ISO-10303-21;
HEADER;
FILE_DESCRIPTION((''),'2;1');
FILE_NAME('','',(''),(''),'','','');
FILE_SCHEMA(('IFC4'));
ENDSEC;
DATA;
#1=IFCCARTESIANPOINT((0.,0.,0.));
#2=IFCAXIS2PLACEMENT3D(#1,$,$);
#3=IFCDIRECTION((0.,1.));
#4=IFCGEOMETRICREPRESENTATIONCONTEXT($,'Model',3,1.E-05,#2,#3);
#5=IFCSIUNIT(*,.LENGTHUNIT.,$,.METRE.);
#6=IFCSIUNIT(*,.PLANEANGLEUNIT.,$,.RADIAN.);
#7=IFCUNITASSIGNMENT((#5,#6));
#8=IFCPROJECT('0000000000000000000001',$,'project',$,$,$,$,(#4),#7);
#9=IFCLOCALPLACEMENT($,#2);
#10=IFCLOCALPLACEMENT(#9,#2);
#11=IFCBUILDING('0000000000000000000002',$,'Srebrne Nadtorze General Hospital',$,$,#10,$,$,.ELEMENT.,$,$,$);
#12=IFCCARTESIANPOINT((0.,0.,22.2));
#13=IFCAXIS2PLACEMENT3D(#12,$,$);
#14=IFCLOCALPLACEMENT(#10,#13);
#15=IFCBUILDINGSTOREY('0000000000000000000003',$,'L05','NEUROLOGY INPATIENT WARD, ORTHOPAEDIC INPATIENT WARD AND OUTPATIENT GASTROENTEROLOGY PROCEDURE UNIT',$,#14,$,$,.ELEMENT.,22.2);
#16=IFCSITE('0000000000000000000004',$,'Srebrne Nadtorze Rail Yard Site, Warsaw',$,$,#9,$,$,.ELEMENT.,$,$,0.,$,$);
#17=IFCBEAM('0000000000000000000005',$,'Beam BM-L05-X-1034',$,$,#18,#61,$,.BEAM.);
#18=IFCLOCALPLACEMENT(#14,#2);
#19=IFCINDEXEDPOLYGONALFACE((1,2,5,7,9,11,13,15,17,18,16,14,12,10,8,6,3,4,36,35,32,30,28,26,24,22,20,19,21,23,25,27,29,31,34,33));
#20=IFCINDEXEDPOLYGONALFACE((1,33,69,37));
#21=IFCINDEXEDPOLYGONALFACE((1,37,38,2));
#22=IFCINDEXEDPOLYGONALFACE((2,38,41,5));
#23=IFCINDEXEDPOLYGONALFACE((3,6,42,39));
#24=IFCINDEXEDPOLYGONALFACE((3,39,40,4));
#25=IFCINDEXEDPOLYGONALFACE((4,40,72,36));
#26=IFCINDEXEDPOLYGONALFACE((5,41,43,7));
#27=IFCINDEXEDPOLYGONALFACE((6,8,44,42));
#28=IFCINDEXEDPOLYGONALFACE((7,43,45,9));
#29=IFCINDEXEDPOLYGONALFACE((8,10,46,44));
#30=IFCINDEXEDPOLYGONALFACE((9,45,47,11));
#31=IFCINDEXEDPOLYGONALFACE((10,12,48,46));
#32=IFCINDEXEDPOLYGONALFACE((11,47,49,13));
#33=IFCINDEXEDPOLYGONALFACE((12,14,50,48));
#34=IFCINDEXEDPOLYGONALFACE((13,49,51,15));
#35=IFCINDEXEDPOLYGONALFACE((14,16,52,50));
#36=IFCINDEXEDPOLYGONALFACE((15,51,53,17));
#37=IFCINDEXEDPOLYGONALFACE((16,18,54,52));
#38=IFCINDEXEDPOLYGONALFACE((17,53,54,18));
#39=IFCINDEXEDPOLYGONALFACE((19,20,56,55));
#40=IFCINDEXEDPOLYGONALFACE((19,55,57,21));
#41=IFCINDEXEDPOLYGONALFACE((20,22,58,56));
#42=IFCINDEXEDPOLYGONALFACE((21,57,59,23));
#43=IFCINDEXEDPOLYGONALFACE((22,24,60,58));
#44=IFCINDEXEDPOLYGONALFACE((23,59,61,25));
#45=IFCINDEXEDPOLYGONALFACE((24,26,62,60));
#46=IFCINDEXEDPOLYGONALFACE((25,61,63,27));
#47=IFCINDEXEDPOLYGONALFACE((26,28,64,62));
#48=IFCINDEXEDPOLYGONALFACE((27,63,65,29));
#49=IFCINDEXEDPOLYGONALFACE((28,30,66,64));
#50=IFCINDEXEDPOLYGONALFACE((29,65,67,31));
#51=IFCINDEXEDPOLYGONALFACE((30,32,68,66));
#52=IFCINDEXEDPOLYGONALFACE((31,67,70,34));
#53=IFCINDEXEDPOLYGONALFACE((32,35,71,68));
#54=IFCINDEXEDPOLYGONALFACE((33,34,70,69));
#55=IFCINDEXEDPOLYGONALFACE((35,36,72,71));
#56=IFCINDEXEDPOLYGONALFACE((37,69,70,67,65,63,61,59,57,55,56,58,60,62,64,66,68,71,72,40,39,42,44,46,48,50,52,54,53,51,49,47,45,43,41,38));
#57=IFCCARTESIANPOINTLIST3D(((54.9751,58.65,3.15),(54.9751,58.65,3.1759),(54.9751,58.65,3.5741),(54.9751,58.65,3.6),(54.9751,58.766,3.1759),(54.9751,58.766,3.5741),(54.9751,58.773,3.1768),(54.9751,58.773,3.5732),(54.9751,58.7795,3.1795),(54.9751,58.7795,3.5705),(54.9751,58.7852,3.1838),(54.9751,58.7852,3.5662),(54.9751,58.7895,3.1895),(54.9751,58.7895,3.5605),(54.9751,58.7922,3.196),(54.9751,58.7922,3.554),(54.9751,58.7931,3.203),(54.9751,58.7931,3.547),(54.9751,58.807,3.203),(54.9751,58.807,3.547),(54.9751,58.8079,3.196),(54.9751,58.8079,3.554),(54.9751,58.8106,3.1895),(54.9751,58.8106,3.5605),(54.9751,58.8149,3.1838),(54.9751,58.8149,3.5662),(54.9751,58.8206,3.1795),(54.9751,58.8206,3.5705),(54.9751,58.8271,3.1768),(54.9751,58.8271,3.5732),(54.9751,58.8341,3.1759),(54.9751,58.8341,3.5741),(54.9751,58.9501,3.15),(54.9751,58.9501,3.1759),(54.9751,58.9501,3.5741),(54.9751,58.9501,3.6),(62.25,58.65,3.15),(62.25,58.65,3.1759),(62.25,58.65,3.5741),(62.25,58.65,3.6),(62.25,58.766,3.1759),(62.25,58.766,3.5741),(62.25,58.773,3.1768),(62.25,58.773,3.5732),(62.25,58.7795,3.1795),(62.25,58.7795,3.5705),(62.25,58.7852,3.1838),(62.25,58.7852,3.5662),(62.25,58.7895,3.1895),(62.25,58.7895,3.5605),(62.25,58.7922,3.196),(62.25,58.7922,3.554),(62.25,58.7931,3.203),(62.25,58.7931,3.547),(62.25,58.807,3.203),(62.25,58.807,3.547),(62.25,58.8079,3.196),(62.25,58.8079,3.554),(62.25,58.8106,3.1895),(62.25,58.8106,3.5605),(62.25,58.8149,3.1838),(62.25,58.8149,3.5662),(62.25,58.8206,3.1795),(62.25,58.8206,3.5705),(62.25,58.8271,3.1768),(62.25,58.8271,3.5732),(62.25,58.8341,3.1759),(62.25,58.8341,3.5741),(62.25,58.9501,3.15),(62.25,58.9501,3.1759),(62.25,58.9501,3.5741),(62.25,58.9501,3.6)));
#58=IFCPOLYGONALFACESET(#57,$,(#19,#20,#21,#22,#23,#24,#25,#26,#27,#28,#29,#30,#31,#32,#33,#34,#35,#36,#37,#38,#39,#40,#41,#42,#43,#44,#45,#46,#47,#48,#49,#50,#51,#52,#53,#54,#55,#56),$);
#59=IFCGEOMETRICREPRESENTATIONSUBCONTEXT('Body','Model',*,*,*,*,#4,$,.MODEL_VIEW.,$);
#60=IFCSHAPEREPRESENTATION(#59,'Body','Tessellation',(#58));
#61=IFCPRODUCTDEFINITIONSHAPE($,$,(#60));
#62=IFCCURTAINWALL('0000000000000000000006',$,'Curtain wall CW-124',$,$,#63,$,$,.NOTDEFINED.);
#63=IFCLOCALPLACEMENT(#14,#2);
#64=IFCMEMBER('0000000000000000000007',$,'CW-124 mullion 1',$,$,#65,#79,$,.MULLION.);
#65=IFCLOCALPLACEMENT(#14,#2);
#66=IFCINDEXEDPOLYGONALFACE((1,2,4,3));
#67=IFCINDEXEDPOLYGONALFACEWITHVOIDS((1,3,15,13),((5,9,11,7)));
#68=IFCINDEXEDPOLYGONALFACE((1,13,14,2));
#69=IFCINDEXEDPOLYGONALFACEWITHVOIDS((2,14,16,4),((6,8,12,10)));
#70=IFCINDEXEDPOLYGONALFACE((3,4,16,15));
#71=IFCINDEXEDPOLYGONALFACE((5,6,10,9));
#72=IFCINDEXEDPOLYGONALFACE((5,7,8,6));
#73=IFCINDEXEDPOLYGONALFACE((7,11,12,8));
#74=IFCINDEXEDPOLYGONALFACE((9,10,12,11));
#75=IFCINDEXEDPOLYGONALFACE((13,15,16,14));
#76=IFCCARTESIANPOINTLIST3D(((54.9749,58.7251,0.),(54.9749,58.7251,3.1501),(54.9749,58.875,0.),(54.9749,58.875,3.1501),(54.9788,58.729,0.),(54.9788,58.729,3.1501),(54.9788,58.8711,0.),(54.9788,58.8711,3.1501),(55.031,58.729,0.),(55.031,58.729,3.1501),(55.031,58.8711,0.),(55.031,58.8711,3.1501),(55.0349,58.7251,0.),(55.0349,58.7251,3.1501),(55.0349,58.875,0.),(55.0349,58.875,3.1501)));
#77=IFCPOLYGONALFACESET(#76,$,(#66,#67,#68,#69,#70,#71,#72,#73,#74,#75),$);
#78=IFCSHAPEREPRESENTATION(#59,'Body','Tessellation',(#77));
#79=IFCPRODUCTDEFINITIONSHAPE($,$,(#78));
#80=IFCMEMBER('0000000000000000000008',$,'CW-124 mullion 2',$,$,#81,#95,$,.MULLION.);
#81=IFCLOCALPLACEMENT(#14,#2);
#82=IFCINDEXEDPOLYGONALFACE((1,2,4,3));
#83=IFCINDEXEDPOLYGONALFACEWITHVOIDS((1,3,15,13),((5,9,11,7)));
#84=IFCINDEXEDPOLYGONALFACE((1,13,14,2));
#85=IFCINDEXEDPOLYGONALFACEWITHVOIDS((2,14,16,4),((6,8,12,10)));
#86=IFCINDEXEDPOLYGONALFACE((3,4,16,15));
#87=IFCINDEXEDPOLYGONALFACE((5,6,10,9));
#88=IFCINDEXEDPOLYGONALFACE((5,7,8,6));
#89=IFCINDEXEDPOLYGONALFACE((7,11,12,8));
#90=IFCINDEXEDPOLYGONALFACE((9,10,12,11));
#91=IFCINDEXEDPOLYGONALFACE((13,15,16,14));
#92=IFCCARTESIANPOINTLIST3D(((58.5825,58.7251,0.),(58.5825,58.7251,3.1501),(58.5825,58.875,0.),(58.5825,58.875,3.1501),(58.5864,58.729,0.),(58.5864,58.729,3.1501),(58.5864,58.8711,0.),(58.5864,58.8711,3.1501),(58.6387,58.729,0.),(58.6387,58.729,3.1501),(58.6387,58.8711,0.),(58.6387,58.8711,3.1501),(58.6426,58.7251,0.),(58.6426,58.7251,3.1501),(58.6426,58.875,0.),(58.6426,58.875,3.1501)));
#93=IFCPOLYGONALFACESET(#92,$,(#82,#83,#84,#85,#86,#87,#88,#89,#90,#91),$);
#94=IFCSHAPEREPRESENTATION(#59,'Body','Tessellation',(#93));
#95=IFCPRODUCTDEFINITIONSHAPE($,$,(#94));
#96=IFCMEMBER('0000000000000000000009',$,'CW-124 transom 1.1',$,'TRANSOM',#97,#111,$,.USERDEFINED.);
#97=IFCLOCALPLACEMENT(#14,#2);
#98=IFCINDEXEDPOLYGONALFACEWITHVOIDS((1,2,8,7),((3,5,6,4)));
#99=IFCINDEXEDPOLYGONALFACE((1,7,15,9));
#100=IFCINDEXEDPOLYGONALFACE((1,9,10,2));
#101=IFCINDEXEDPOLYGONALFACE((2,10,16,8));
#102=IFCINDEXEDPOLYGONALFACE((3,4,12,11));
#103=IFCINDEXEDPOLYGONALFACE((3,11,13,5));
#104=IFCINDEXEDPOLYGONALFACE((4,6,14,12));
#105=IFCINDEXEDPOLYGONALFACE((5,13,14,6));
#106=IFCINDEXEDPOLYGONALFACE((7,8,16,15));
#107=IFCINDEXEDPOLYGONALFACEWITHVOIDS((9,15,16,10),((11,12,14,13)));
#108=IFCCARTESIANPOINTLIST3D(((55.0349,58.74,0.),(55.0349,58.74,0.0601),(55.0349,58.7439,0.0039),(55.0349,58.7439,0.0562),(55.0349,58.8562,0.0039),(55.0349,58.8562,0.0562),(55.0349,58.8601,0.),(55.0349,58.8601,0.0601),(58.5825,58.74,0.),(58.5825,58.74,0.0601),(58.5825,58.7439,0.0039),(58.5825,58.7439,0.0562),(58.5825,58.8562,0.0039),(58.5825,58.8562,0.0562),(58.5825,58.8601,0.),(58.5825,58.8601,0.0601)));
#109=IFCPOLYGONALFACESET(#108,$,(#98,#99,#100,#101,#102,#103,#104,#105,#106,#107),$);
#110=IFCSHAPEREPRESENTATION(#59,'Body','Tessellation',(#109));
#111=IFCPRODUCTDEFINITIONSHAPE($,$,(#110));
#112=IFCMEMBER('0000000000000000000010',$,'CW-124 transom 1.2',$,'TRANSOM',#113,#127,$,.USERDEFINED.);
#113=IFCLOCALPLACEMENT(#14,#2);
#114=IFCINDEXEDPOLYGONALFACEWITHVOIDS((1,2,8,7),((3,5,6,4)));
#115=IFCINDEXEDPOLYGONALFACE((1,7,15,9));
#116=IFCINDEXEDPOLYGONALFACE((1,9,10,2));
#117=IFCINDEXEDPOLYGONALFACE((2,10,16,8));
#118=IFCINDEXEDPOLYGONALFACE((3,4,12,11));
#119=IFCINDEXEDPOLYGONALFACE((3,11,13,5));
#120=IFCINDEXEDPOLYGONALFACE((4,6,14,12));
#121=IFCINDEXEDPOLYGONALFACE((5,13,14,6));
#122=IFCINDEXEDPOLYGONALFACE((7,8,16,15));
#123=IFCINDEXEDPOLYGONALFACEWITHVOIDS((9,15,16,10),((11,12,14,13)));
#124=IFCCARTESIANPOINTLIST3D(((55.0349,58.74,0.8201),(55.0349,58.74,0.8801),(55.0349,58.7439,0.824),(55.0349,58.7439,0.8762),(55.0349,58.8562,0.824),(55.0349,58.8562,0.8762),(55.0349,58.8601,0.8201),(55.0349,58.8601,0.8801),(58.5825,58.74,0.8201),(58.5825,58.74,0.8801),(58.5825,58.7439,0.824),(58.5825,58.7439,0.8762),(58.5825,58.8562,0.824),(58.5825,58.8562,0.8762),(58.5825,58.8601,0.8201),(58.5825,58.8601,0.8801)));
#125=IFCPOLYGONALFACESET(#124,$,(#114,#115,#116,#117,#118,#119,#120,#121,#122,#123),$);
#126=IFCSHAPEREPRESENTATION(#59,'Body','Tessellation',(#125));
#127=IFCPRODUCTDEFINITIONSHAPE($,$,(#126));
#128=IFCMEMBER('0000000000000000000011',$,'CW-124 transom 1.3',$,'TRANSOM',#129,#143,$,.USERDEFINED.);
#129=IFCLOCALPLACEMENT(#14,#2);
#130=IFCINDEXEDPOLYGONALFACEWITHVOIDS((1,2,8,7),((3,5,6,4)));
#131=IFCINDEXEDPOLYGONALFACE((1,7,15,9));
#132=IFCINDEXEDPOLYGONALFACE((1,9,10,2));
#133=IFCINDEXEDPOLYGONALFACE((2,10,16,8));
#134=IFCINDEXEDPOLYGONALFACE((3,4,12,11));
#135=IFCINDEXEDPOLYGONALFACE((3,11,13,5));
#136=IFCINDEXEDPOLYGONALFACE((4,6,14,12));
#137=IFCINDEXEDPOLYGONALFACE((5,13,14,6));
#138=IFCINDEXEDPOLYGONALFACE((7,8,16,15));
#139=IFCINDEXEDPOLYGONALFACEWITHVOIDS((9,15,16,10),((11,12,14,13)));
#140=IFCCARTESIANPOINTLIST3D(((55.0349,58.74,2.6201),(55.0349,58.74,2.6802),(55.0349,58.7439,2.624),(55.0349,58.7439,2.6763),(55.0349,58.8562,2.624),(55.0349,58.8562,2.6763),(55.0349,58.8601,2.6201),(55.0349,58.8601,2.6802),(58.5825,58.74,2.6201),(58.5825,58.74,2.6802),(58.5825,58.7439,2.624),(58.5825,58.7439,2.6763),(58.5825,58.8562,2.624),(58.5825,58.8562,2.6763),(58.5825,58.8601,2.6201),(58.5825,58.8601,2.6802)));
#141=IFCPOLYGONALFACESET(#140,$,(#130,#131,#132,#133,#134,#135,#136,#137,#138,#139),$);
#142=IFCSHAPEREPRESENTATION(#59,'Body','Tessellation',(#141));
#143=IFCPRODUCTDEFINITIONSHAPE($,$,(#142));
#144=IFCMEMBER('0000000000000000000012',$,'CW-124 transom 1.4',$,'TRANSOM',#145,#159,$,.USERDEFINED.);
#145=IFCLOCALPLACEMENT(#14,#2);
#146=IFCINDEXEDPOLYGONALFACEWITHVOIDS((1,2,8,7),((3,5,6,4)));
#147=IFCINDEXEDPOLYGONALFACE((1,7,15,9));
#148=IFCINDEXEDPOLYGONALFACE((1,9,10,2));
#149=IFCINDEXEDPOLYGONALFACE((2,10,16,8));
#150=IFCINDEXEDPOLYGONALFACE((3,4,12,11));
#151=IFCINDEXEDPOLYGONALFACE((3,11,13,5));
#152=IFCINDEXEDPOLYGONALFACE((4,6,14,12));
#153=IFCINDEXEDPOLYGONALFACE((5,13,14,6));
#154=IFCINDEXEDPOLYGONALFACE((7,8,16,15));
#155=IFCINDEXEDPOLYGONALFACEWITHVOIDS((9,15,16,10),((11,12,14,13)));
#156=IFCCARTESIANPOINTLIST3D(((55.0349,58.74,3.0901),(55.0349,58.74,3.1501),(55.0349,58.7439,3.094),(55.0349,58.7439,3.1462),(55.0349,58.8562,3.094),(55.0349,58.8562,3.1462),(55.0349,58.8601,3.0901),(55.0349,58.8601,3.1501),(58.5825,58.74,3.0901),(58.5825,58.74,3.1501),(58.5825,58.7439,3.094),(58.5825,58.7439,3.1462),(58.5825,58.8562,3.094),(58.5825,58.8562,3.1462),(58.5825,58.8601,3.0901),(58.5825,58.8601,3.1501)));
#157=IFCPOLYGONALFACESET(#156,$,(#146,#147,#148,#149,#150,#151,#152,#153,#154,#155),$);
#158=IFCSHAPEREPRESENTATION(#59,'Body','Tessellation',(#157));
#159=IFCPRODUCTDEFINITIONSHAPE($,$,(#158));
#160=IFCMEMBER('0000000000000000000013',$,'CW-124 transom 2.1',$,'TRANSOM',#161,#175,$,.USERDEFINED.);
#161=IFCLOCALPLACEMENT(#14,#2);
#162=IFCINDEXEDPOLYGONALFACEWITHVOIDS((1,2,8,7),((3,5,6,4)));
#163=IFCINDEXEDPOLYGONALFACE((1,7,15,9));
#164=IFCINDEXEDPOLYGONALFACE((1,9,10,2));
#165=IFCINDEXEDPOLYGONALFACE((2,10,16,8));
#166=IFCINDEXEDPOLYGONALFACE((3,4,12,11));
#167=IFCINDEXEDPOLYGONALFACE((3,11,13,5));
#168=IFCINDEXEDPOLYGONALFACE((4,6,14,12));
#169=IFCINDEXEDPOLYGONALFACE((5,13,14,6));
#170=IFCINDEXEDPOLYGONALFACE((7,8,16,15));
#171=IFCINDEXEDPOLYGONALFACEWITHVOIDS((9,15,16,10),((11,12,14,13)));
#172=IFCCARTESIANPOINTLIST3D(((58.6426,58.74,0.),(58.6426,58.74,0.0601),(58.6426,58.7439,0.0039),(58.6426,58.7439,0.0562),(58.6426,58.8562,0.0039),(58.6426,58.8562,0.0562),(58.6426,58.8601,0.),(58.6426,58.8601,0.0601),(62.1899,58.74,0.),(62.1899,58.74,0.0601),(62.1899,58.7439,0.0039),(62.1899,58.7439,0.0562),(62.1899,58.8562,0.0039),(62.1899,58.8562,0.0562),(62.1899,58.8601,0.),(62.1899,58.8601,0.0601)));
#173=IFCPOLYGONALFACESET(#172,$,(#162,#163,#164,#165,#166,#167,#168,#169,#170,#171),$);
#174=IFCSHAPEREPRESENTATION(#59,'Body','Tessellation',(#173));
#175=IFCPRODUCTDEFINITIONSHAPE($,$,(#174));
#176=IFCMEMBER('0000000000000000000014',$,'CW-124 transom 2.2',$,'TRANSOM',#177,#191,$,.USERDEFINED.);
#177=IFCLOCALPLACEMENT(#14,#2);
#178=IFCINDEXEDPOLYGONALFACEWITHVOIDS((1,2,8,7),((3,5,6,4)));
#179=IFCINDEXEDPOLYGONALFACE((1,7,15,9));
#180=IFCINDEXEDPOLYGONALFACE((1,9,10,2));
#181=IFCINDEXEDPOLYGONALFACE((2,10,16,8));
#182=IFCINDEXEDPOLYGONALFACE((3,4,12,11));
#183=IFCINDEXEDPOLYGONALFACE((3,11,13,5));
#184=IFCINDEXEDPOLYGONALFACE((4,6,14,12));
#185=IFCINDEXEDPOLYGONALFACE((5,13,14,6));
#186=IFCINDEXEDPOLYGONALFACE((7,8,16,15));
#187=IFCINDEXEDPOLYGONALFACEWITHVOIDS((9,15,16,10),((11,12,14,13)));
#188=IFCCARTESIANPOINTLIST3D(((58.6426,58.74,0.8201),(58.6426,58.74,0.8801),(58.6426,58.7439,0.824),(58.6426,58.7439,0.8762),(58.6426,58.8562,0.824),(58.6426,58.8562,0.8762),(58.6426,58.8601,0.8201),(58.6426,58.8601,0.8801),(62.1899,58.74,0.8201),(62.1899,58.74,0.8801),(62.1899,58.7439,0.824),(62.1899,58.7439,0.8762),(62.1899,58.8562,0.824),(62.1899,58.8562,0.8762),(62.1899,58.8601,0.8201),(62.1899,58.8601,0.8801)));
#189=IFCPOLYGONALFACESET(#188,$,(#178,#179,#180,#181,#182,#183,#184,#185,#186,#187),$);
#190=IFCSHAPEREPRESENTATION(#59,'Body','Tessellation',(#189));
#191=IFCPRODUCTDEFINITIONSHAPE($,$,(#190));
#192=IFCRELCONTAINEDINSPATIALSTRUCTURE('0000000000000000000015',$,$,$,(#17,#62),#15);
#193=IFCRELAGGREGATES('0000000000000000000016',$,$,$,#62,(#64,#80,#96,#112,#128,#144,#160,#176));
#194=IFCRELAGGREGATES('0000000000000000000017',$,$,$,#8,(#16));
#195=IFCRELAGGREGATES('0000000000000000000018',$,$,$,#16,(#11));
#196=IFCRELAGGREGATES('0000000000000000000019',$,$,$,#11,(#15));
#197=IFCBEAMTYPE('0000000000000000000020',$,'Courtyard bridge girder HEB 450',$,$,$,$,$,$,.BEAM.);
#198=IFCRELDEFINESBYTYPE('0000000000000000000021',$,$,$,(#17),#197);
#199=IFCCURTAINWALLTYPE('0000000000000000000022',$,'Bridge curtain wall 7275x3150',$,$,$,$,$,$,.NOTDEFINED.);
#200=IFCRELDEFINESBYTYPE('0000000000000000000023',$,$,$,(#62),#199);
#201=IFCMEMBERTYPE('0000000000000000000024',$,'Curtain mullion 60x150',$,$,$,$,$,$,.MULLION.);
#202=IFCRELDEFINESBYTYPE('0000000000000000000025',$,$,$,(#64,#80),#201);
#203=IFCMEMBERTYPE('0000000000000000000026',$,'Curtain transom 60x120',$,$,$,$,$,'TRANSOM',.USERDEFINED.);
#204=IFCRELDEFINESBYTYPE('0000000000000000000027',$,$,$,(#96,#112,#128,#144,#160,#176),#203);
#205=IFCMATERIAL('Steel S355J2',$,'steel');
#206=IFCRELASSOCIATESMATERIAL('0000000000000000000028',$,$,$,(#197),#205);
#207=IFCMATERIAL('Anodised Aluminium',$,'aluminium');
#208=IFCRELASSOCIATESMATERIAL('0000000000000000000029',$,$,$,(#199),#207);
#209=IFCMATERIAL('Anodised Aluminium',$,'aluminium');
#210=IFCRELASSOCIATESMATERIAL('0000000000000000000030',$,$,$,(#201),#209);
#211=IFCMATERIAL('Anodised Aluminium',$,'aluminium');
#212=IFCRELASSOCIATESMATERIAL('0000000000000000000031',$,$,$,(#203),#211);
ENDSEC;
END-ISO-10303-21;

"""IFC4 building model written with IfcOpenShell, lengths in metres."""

from ifc_helpers import new_model, si_unit, direction, frame, origin, origin_2d, place, context, subcontext, project, spatial, hollow_rectangle, i_section, extrude, material, material_profile, profile_set, type_object, element, aggregate, save


model = new_model("IFC4")

# Units and contexts
model_context = context("Model", 3, precision=1e-05, world=origin(), true_north=direction((0.0, 1.0)))
body_context = subcontext(model_context, "Body", "Model", "MODEL_VIEW")
ifc_project = project(units=[si_unit("LENGTHUNIT", "METRE"), si_unit("PLANEANGLEUNIT", "RADIAN")], contexts=[model_context])

# Site, building, storey
site_placement = place(None, origin())
site = spatial("IfcSite", under=ifc_project, at=site_placement, Name="Srebrne Nadtorze Rail Yard Site, Warsaw", CompositionType="ELEMENT", RefElevation=0.0)
building_placement = place(site_placement, origin())
building = spatial("IfcBuilding", under=site, at=building_placement, Name="Srebrne Nadtorze General Hospital", CompositionType="ELEMENT")
storey_placement = place(building_placement, frame((0.0, 0.0, 22.2)))
storey = spatial("IfcBuildingStorey", under=building, at=storey_placement, Name="L05", Description="NEUROLOGY INPATIENT WARD, ORTHOPAEDIC INPATIENT WARD AND OUTPATIENT GASTROENTEROLOGY PROCEDURE UNIT", CompositionType="ELEMENT", Elevation=22.2)

# Beam
ifc_material_1 = material(Name="Steel S355J2", Category="steel")
ifc_material_profile_1 = material_profile(ifc_material_1, i_section(OverallWidth=0.3, OverallDepth=0.45, WebThickness=0.0139, FlangeThickness=0.0259, FilletRadius=0.0271, at=origin_2d()), Name="HEB-450")
ifc_profile_set_1 = profile_set([ifc_material_profile_1], Name="Steel S355J2")
beam_type = type_object("IfcBeamType", Name="Courtyard bridge girder HEB 450", PredefinedType="BEAM", material=ifc_profile_set_1)
beam_placement = place(storey_placement, frame((54.9751, 58.8, 3.375), z_axis=(1.0, 0.0, 0.0), x_axis=(0.0, 1.0, 0.0)))
element("IfcBeam", 1, at=beam_placement, inside=storey, type_object=beam_type, Name="Beam BM-L05-X-1034", PredefinedType="BEAM", context=body_context, shape_type="SweptSolid", body=[
    extrude(i_section(OverallWidth=0.3, OverallDepth=0.45, WebThickness=0.0139, FlangeThickness=0.0259, FilletRadius=0.0271, at=origin_2d()), origin(), (0.0, 0.0, 1.0), 7.2749),
])

# Curtain wall, members
ifc_material_2 = material(Name="Anodised Aluminium", Category="aluminium")
curtain_wall_type = type_object("IfcCurtainWallType", Name="Bridge curtain wall 7275x3150", PredefinedType="NOTDEFINED", material=ifc_material_2)
curtain_wall_placement = place(storey_placement, origin())
curtain_wall = element("IfcCurtainWall", 2, at=curtain_wall_placement, inside=storey, type_object=curtain_wall_type, Name="Curtain wall CW-124", PredefinedType="NOTDEFINED")
ifc_material_3 = material(Name="Anodised Aluminium", Category="aluminium")
ifc_material_profile_2 = material_profile(ifc_material_3, hollow_rectangle(XDim=0.0601, YDim=0.1499, WallThickness=0.0039, at=origin_2d()), Name="AL-MUL-60x150")
ifc_profile_set_2 = profile_set([ifc_material_profile_2], Name="Anodised Aluminium")
member_type_1 = type_object("IfcMemberType", Name="Curtain mullion 60x150", PredefinedType="MULLION", material=ifc_profile_set_2)
member_1_placement = place(storey_placement, frame((55.0049, 58.8, 0.0), z_axis=(0.0, 0.0, 1.0), x_axis=(1.0, 0.0, 0.0)))
member_1 = element("IfcMember", 3, at=member_1_placement, type_object=member_type_1, Name="CW-124 mullion 1", PredefinedType="MULLION", context=body_context, shape_type="SweptSolid", body=[
    extrude(hollow_rectangle(XDim=0.0601, YDim=0.1499, WallThickness=0.0039, at=origin_2d()), origin(), (0.0, 0.0, 1.0), 3.1501),
])
member_2_placement = place(storey_placement, frame((58.6125, 58.8, 0.0), z_axis=(0.0, 0.0, 1.0), x_axis=(1.0, 0.0, 0.0)))
member_2 = element("IfcMember", 4, at=member_2_placement, type_object=member_type_1, Name="CW-124 mullion 2", PredefinedType="MULLION", context=body_context, shape_type="SweptSolid", body=[
    extrude(hollow_rectangle(XDim=0.0601, YDim=0.1499, WallThickness=0.0039, at=origin_2d()), origin(), (0.0, 0.0, 1.0), 3.1501),
])
ifc_material_4 = material(Name="Anodised Aluminium", Category="aluminium")
ifc_material_profile_3 = material_profile(ifc_material_4, hollow_rectangle(XDim=0.0601, YDim=0.1201, WallThickness=0.0039, at=origin_2d()), Name="AL-TRN-60x120")
ifc_profile_set_3 = profile_set([ifc_material_profile_3], Name="Anodised Aluminium")
member_type_2 = type_object("IfcMemberType", Name="Curtain transom 60x120", ElementType="TRANSOM", PredefinedType="USERDEFINED", material=ifc_profile_set_3)
member_3_placement = place(storey_placement, frame((55.0349, 58.8, 0.03), z_axis=(1.0, 0.0, 0.0), x_axis=(0.0, 0.0, 1.0)))
member_3 = element("IfcMember", 5, at=member_3_placement, type_object=member_type_2, Name="CW-124 transom 1.1", ObjectType="TRANSOM", PredefinedType="USERDEFINED", context=body_context, shape_type="SweptSolid", body=[
    extrude(hollow_rectangle(XDim=0.0601, YDim=0.1201, WallThickness=0.0039, at=origin_2d()), origin(), (0.0, 0.0, 1.0), 3.5476),
])
member_4_placement = place(storey_placement, frame((55.0349, 58.8, 0.8501), z_axis=(1.0, 0.0, 0.0), x_axis=(0.0, 0.0, 1.0)))
member_4 = element("IfcMember", 6, at=member_4_placement, type_object=member_type_2, Name="CW-124 transom 1.2", ObjectType="TRANSOM", PredefinedType="USERDEFINED", context=body_context, shape_type="SweptSolid", body=[
    extrude(hollow_rectangle(XDim=0.0601, YDim=0.1201, WallThickness=0.0039, at=origin_2d()), origin(), (0.0, 0.0, 1.0), 3.5476),
])
member_5_placement = place(storey_placement, frame((55.0349, 58.8, 2.6501), z_axis=(1.0, 0.0, 0.0), x_axis=(0.0, 0.0, 1.0)))
member_5 = element("IfcMember", 7, at=member_5_placement, type_object=member_type_2, Name="CW-124 transom 1.3", ObjectType="TRANSOM", PredefinedType="USERDEFINED", context=body_context, shape_type="SweptSolid", body=[
    extrude(hollow_rectangle(XDim=0.0601, YDim=0.1201, WallThickness=0.0039, at=origin_2d()), origin(), (0.0, 0.0, 1.0), 3.5476),
])
member_6_placement = place(storey_placement, frame((55.0349, 58.8, 3.1201), z_axis=(1.0, 0.0, 0.0), x_axis=(0.0, 0.0, 1.0)))
member_6 = element("IfcMember", 8, at=member_6_placement, type_object=member_type_2, Name="CW-124 transom 1.4", ObjectType="TRANSOM", PredefinedType="USERDEFINED", context=body_context, shape_type="SweptSolid", body=[
    extrude(hollow_rectangle(XDim=0.0601, YDim=0.1201, WallThickness=0.0039, at=origin_2d()), origin(), (0.0, 0.0, 1.0), 3.5476),
])
member_7_placement = place(storey_placement, frame((58.6426, 58.8, 0.03), z_axis=(1.0, 0.0, 0.0), x_axis=(0.0, 0.0, 1.0)))
member_7 = element("IfcMember", 9, at=member_7_placement, type_object=member_type_2, Name="CW-124 transom 2.1", ObjectType="TRANSOM", PredefinedType="USERDEFINED", context=body_context, shape_type="SweptSolid", body=[
    extrude(hollow_rectangle(XDim=0.0601, YDim=0.1201, WallThickness=0.0039, at=origin_2d()), origin(), (0.0, 0.0, 1.0), 3.5474),
])
member_8_placement = place(storey_placement, frame((58.6426, 58.8, 0.8501), z_axis=(1.0, 0.0, 0.0), x_axis=(0.0, 0.0, 1.0)))
member_8 = element("IfcMember", 10, at=member_8_placement, type_object=member_type_2, Name="CW-124 transom 2.2", ObjectType="TRANSOM", PredefinedType="USERDEFINED", context=body_context, shape_type="SweptSolid", body=[
    extrude(hollow_rectangle(XDim=0.0601, YDim=0.1201, WallThickness=0.0039, at=origin_2d()), origin(), (0.0, 0.0, 1.0), 3.5474),
])

aggregate(curtain_wall, [member_1, member_2, member_3, member_4, member_5, member_6, member_7, member_8])

save(model, "model.ifc")
